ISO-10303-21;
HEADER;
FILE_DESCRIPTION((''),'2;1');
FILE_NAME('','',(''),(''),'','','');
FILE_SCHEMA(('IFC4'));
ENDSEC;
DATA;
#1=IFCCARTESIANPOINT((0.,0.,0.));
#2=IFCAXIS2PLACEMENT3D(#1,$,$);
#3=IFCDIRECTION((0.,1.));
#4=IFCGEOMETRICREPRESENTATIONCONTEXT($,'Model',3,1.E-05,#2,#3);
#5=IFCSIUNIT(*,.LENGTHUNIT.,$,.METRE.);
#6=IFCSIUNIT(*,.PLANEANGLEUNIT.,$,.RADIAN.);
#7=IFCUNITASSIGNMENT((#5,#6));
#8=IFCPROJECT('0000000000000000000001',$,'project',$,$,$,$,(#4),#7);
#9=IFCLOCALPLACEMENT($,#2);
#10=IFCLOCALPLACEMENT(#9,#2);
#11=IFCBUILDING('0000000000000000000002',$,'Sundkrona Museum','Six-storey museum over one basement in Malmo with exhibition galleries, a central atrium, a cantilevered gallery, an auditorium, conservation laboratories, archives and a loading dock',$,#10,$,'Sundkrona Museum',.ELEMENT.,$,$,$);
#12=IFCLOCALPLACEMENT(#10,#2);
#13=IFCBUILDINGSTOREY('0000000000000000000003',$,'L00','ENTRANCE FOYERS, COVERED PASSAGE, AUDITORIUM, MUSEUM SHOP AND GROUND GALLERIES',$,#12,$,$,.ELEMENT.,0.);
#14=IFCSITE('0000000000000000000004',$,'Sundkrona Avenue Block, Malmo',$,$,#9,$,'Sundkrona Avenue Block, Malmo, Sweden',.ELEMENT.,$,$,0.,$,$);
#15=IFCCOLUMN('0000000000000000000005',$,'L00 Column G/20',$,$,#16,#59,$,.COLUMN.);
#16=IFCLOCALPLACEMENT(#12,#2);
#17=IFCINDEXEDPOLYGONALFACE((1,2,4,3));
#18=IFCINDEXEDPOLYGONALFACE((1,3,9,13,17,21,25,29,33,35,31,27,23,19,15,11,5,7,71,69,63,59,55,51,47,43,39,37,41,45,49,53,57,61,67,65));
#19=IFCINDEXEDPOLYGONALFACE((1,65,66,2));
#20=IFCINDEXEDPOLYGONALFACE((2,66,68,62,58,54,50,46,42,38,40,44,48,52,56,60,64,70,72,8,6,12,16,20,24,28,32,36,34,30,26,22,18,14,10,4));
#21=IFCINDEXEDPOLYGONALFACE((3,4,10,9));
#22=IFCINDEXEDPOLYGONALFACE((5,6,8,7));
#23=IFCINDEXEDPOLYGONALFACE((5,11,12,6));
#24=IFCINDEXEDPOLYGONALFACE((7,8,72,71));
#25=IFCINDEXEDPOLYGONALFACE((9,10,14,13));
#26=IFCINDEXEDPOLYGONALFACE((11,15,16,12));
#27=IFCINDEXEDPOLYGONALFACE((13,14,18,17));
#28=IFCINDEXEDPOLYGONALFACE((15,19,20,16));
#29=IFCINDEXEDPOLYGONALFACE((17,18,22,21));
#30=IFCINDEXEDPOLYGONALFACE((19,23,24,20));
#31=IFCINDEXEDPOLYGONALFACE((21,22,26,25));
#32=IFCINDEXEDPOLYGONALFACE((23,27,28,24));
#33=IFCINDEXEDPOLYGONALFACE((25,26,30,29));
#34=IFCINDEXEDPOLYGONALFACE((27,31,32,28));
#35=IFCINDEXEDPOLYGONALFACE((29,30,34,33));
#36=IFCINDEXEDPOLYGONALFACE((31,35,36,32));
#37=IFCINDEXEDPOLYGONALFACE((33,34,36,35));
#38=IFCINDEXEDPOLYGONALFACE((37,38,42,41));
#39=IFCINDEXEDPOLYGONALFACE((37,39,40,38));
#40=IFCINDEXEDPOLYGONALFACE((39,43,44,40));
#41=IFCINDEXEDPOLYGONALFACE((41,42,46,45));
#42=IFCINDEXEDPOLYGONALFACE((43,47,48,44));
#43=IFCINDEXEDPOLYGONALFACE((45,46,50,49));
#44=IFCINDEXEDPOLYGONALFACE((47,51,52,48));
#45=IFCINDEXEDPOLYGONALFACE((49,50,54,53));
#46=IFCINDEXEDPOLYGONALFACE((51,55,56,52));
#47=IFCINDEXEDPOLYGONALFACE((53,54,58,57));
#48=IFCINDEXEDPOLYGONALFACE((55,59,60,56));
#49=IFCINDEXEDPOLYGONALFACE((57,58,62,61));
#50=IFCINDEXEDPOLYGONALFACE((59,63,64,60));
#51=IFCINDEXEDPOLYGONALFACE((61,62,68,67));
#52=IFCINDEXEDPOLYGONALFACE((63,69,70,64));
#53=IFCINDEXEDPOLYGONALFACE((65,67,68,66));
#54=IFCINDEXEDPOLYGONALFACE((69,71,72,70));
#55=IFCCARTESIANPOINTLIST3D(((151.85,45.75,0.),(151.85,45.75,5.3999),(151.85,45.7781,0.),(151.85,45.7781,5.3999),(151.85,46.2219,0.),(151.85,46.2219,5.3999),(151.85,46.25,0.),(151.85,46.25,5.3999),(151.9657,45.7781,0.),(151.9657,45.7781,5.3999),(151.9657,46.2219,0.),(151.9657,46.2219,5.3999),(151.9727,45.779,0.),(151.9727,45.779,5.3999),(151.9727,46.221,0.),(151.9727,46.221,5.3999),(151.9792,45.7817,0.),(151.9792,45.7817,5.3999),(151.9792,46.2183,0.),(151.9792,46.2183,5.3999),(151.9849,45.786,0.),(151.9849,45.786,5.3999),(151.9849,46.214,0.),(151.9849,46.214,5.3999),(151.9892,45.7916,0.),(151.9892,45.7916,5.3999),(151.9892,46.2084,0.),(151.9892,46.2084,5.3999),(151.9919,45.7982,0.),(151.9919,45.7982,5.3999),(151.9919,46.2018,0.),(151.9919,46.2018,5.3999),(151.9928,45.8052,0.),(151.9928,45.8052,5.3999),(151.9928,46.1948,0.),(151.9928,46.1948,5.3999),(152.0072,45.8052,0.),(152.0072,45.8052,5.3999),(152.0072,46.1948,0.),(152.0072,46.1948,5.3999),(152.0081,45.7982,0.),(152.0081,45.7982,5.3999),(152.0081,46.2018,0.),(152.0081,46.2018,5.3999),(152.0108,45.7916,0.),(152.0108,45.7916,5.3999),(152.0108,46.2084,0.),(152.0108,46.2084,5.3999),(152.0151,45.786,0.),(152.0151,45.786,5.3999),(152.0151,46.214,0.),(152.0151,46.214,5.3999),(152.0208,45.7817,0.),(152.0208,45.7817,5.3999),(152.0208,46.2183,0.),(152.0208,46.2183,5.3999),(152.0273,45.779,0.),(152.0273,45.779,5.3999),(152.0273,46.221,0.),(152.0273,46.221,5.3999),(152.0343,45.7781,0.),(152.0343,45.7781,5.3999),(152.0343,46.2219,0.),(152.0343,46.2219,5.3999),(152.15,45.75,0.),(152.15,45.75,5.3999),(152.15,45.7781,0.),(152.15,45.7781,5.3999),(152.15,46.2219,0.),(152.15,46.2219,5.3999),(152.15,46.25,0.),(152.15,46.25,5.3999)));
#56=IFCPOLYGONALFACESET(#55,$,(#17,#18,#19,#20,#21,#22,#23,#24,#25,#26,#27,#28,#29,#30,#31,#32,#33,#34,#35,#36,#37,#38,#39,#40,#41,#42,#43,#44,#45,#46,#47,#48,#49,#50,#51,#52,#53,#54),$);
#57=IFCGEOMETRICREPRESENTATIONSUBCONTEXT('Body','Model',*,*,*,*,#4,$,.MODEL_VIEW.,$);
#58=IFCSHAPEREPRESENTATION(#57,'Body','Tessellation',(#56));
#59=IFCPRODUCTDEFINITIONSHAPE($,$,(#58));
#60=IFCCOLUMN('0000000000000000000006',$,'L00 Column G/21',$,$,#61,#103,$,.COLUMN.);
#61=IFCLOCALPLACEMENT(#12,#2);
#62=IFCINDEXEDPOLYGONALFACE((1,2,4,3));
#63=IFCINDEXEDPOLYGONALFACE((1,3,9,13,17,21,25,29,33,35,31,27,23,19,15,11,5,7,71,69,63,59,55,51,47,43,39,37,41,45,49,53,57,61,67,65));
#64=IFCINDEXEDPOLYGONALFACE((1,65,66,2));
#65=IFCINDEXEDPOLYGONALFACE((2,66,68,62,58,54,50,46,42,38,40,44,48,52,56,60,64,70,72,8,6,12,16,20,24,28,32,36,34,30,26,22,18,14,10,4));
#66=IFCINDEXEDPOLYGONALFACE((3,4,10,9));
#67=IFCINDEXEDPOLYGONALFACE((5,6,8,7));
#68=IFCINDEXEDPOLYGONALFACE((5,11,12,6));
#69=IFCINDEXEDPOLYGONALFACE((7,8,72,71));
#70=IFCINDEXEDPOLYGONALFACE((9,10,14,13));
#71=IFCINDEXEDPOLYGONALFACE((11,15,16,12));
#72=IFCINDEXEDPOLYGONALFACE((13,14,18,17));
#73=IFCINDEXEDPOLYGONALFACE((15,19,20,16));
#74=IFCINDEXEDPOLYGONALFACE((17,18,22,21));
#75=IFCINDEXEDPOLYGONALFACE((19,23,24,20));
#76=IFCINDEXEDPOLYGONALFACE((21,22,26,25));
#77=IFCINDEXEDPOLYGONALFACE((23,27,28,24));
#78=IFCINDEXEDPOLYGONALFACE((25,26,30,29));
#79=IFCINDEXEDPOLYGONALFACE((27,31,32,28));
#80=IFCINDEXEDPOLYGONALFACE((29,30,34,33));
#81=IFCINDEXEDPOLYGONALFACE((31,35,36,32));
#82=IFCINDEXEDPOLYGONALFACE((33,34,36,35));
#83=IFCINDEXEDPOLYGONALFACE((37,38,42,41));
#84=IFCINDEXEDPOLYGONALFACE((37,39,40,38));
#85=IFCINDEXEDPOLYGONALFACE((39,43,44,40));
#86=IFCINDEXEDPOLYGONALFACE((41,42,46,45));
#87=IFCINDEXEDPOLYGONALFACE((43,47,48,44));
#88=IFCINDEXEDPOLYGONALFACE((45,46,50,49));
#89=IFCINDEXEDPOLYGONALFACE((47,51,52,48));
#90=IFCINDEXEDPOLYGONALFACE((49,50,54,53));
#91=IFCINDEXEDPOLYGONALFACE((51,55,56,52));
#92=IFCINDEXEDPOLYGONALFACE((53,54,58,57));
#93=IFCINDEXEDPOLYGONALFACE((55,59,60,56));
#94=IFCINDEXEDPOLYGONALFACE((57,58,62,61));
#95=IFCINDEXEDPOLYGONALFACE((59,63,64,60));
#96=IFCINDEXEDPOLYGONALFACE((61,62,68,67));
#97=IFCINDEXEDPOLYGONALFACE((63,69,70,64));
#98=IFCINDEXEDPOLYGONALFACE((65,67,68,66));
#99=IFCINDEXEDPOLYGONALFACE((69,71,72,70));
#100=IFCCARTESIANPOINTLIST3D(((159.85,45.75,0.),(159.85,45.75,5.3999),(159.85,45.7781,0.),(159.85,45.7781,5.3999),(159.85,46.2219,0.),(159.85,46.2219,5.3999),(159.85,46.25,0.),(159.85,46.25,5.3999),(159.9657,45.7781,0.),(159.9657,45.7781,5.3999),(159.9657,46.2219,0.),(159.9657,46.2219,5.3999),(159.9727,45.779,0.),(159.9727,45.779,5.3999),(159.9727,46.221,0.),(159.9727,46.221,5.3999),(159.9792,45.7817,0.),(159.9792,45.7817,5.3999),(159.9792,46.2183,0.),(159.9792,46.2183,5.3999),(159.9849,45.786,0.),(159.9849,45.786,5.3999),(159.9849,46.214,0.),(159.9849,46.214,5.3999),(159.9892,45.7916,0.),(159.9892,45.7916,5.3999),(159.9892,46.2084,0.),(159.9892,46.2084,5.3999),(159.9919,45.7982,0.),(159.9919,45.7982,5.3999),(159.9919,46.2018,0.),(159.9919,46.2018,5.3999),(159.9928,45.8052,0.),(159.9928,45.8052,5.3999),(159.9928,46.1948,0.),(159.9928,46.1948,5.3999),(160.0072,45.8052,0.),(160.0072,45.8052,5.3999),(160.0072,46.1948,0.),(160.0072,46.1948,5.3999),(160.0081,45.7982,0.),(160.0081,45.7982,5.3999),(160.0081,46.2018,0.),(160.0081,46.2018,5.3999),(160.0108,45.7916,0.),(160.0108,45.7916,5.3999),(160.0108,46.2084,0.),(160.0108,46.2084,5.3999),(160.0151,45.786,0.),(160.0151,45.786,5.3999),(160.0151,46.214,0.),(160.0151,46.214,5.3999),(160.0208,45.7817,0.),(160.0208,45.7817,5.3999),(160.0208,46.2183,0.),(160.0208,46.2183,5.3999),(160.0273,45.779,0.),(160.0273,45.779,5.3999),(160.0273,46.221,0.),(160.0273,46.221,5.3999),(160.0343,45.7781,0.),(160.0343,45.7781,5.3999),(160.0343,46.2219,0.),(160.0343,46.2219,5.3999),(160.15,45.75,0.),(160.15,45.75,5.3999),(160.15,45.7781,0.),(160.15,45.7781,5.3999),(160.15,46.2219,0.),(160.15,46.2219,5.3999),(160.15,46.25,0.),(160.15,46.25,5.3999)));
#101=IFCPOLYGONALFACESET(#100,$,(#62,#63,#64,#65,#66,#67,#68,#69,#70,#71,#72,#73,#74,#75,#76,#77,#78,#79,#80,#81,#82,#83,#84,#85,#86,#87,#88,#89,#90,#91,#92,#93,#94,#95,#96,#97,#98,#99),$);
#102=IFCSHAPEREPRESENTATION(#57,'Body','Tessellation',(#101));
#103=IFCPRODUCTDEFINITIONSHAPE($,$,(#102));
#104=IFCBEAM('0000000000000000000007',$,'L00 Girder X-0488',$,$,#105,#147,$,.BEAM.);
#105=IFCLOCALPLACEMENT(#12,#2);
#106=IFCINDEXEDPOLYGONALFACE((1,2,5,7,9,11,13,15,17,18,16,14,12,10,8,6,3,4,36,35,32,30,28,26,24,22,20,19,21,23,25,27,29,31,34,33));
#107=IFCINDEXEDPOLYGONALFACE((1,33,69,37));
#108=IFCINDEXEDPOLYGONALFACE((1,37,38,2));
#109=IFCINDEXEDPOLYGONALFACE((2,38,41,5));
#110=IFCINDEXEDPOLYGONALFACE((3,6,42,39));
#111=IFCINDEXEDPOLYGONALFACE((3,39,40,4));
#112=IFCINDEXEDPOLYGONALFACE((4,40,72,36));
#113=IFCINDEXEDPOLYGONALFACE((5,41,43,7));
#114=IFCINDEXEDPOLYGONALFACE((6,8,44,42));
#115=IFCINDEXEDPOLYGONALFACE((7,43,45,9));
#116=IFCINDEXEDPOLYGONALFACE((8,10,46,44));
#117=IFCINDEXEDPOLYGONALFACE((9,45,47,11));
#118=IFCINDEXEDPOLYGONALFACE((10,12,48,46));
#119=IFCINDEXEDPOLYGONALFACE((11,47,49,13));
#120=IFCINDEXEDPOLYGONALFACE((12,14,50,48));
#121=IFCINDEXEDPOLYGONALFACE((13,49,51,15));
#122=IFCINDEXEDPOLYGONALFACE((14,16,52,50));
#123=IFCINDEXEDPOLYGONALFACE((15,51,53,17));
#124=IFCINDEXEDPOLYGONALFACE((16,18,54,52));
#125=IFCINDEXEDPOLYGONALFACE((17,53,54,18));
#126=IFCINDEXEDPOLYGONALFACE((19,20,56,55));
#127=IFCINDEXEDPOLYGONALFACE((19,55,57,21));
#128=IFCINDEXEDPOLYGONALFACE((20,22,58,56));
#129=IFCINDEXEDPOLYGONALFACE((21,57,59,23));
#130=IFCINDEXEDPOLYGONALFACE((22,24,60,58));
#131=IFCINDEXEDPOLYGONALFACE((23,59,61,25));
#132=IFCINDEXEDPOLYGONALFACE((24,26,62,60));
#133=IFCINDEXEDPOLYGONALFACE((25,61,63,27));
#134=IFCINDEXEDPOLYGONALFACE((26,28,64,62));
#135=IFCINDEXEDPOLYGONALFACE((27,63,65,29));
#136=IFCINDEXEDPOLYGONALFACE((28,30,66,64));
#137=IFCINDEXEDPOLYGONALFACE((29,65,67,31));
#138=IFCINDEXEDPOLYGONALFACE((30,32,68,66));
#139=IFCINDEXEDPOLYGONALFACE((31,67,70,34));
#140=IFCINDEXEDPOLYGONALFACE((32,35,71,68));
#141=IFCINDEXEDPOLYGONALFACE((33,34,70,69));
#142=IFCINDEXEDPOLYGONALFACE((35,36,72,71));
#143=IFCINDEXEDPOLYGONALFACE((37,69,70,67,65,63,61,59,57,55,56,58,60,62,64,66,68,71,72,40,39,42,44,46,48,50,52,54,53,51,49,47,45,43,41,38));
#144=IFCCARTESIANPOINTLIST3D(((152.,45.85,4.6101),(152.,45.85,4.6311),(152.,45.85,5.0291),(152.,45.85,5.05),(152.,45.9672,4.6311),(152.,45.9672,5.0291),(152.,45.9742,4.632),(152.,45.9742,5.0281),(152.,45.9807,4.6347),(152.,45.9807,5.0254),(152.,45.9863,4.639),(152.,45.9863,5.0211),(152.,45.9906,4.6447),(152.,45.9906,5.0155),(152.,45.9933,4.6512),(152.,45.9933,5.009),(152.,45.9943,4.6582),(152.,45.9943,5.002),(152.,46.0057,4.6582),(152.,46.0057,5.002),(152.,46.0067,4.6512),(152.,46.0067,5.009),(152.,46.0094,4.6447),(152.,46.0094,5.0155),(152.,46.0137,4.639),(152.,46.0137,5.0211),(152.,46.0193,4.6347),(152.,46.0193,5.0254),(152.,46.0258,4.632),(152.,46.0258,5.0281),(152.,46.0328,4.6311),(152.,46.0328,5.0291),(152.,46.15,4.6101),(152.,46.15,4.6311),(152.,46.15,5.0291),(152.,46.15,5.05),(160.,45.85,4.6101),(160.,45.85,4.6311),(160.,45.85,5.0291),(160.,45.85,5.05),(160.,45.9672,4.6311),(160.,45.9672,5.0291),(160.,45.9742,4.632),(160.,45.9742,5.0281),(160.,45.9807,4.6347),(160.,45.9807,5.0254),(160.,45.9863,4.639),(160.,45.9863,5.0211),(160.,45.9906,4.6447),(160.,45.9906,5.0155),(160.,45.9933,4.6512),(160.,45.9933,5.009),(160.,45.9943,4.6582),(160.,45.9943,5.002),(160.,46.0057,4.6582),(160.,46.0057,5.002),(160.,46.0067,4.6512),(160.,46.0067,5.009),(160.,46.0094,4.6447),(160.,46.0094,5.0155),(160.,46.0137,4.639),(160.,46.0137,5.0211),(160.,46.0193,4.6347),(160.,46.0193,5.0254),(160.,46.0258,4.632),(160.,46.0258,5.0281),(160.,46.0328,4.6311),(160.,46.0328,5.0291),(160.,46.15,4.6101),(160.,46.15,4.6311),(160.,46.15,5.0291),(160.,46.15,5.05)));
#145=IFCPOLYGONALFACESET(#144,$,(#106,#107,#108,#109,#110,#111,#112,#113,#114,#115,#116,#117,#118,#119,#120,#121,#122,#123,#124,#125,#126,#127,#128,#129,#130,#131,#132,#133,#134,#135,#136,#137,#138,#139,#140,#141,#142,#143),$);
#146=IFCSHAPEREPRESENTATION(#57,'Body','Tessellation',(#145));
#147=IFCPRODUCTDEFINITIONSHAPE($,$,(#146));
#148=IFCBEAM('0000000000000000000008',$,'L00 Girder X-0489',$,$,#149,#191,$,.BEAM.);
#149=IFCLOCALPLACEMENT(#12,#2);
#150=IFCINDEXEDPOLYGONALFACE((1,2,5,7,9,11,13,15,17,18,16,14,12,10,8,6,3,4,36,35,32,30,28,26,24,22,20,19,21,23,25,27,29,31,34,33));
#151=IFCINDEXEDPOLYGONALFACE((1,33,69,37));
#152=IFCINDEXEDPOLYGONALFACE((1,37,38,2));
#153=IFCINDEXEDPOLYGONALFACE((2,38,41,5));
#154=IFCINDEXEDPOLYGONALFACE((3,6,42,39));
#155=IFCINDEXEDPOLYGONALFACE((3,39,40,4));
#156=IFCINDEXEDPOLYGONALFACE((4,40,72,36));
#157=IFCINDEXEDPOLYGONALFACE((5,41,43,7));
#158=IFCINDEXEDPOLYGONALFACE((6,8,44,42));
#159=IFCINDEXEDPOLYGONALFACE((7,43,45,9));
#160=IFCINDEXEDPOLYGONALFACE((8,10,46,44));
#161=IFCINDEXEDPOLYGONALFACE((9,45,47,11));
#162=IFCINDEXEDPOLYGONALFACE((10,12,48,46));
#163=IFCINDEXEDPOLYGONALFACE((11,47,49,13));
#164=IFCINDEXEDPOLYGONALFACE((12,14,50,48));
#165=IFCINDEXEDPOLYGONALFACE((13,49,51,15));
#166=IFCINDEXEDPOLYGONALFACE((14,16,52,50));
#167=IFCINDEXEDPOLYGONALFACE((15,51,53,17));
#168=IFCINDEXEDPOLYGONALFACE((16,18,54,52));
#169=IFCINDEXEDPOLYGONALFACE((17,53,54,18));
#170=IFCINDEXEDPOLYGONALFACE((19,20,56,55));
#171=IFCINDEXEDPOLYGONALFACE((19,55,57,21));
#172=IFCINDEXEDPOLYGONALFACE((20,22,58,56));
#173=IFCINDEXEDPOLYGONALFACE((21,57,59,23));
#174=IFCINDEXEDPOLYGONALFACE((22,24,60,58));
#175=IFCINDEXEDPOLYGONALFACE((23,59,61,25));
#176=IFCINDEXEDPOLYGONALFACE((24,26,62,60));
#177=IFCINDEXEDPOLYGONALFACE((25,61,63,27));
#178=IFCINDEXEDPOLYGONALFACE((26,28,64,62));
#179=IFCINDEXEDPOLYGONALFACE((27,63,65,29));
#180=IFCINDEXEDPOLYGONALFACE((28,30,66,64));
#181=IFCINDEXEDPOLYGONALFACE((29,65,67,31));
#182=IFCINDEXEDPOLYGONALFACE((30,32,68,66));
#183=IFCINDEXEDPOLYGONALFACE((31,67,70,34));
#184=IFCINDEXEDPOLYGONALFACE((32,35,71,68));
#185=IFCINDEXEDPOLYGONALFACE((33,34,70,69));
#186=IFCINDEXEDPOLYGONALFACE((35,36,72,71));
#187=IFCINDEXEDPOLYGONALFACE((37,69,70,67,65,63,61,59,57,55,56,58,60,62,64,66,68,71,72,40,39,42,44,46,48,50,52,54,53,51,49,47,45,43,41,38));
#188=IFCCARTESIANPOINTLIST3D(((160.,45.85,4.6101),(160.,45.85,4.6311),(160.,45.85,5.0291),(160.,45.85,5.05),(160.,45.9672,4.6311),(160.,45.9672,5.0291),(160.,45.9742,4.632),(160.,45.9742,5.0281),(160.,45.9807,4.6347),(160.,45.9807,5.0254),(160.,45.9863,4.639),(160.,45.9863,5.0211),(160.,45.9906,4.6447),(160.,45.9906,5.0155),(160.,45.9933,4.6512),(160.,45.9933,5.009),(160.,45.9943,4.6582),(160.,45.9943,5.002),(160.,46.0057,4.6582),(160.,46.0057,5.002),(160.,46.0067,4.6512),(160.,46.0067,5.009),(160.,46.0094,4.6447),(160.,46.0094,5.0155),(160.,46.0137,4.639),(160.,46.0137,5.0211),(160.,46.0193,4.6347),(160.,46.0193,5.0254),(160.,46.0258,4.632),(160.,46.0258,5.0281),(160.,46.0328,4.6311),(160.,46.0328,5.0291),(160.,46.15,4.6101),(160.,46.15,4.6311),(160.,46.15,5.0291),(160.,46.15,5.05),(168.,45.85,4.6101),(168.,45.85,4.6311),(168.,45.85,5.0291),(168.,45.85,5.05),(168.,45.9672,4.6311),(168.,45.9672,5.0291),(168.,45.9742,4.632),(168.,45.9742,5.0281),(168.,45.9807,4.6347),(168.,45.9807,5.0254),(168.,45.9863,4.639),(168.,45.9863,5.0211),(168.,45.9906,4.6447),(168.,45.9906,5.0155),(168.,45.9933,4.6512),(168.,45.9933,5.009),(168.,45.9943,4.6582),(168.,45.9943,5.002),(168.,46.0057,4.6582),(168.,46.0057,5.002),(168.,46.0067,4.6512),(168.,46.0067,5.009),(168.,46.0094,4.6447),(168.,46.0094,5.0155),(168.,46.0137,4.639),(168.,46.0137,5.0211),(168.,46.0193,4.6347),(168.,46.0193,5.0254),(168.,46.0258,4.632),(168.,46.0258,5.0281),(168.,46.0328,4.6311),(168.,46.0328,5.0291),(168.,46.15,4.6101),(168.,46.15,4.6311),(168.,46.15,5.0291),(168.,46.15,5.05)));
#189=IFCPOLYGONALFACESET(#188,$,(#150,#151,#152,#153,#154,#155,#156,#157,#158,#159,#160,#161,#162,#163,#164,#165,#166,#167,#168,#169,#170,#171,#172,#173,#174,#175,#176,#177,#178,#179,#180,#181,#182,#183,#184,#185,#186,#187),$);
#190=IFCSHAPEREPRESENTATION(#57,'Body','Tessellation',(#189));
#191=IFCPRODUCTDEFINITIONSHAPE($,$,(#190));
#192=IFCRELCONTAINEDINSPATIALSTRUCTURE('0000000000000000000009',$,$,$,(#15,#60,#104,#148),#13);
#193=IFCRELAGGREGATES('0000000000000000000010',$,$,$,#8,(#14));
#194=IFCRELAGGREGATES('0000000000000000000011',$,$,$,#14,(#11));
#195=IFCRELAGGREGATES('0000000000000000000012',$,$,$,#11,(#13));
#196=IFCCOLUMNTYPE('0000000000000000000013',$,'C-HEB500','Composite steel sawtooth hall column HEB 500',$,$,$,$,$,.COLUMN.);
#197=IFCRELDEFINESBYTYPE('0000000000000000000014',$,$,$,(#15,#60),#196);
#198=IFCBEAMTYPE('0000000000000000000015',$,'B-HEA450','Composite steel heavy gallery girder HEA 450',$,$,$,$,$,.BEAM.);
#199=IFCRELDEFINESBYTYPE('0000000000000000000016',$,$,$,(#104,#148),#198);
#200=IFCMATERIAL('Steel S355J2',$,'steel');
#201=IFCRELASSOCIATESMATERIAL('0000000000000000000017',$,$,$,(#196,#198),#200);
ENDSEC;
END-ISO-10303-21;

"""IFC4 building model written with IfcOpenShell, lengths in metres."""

from ifc_helpers import new_model, si_unit, direction, frame, origin, origin_2d, place, context, subcontext, project, spatial, i_section, extrude, material, material_profile, profile_set, type_object, element, save


model = new_model("IFC4")

# Units and contexts
model_context = context("Model", 3, precision=1e-05, world=origin(), true_north=direction((0.0, 1.0)))
body_context = subcontext(model_context, "Body", "Model", "MODEL_VIEW")
ifc_project = project(units=[si_unit("LENGTHUNIT", "METRE"), si_unit("PLANEANGLEUNIT", "RADIAN")], contexts=[model_context])

# Site, building, storey
site_placement = place(None, origin())
site = spatial("IfcSite", under=ifc_project, at=site_placement, Name="Sundkrona Avenue Block, Malmo", LongName="Sundkrona Avenue Block, Malmo, Sweden", CompositionType="ELEMENT", RefElevation=0.0)
building_placement = place(site_placement, origin())
building = spatial("IfcBuilding", under=site, at=building_placement, Name="Sundkrona Museum", Description="Six-storey museum over one basement in Malmo with exhibition galleries, a central atrium, a cantilevered gallery, an auditorium, conservation laboratories, archives and a loading dock", LongName="Sundkrona Museum", CompositionType="ELEMENT")
storey_placement = place(building_placement, origin())
storey = spatial("IfcBuildingStorey", under=building, at=storey_placement, Name="L00", Description="ENTRANCE FOYERS, COVERED PASSAGE, AUDITORIUM, MUSEUM SHOP AND GROUND GALLERIES", CompositionType="ELEMENT", Elevation=0.0)

# Columns
ifc_material_1 = material(Name="Steel S355J2", Category="steel")
ifc_material_profile_1 = material_profile(ifc_material_1, i_section(OverallWidth=0.3, OverallDepth=0.5, WebThickness=0.0144, FlangeThickness=0.0281, FilletRadius=0.0271, at=origin_2d()), Name="HEB 500")
ifc_profile_set_1 = profile_set([ifc_material_profile_1], Name="Steel S355J2")
column_type = type_object("IfcColumnType", Name="C-HEB500", Description="Composite steel sawtooth hall column HEB 500", PredefinedType="COLUMN", material=ifc_profile_set_1)
for number, where, z_axis, x_axis, name in (
    (1, (152.0, 46.0, 0.0), (0.0, 0.0, 1.0), (1.0, 0.0, 0.0), "L00 Column G/20"),
    (2, (160.0, 46.0, 0.0), (0.0, 0.0, 1.0), (1.0, 0.0, 0.0), "L00 Column G/21"),
):
    element("IfcColumn", number, at=place(storey_placement, frame(where, z_axis=z_axis, x_axis=x_axis)), inside=storey, type_object=column_type, Name=name, PredefinedType="COLUMN", context=body_context, shape_type="SweptSolid", body=[
        extrude(i_section(OverallWidth=0.3, OverallDepth=0.5, WebThickness=0.0144, FlangeThickness=0.0281, FilletRadius=0.0271, at=origin_2d()), origin(), (0.0, 0.0, 1.0), 5.3999),
    ])

# Beams
ifc_material_profile_2 = material_profile(ifc_material_1, i_section(OverallWidth=0.3, OverallDepth=0.4399, WebThickness=0.0115, FlangeThickness=0.021, FilletRadius=0.0271, at=origin_2d()), Name="HEA 450")
ifc_profile_set_2 = profile_set([ifc_material_profile_2], Name="Steel S355J2")
beam_type_1 = type_object("IfcBeamType", Name="B-HEA450", Description="Composite steel heavy gallery girder HEA 450", PredefinedType="BEAM", material=ifc_profile_set_2)
for number, where, z_axis, x_axis, name in (
    (3, (152.0, 46.0, 4.8301), (1.0, 0.0, 0.0), (0.0, 1.0, 0.0), "L00 Girder X-0488"),
    (4, (160.0, 46.0, 4.8301), (1.0, 0.0, 0.0), (0.0, 1.0, 0.0), "L00 Girder X-0489"),
):
    element("IfcBeam", number, at=place(storey_placement, frame(where, z_axis=z_axis, x_axis=x_axis)), inside=storey, type_object=beam_type_1, Name=name, PredefinedType="BEAM", context=body_context, shape_type="SweptSolid", body=[
        extrude(i_section(OverallWidth=0.3, OverallDepth=0.4399, WebThickness=0.0115, FlangeThickness=0.021, FilletRadius=0.0271, at=origin_2d()), origin(), (0.0, 0.0, 1.0), 8.0),
    ])

save(model, "model.ifc")
